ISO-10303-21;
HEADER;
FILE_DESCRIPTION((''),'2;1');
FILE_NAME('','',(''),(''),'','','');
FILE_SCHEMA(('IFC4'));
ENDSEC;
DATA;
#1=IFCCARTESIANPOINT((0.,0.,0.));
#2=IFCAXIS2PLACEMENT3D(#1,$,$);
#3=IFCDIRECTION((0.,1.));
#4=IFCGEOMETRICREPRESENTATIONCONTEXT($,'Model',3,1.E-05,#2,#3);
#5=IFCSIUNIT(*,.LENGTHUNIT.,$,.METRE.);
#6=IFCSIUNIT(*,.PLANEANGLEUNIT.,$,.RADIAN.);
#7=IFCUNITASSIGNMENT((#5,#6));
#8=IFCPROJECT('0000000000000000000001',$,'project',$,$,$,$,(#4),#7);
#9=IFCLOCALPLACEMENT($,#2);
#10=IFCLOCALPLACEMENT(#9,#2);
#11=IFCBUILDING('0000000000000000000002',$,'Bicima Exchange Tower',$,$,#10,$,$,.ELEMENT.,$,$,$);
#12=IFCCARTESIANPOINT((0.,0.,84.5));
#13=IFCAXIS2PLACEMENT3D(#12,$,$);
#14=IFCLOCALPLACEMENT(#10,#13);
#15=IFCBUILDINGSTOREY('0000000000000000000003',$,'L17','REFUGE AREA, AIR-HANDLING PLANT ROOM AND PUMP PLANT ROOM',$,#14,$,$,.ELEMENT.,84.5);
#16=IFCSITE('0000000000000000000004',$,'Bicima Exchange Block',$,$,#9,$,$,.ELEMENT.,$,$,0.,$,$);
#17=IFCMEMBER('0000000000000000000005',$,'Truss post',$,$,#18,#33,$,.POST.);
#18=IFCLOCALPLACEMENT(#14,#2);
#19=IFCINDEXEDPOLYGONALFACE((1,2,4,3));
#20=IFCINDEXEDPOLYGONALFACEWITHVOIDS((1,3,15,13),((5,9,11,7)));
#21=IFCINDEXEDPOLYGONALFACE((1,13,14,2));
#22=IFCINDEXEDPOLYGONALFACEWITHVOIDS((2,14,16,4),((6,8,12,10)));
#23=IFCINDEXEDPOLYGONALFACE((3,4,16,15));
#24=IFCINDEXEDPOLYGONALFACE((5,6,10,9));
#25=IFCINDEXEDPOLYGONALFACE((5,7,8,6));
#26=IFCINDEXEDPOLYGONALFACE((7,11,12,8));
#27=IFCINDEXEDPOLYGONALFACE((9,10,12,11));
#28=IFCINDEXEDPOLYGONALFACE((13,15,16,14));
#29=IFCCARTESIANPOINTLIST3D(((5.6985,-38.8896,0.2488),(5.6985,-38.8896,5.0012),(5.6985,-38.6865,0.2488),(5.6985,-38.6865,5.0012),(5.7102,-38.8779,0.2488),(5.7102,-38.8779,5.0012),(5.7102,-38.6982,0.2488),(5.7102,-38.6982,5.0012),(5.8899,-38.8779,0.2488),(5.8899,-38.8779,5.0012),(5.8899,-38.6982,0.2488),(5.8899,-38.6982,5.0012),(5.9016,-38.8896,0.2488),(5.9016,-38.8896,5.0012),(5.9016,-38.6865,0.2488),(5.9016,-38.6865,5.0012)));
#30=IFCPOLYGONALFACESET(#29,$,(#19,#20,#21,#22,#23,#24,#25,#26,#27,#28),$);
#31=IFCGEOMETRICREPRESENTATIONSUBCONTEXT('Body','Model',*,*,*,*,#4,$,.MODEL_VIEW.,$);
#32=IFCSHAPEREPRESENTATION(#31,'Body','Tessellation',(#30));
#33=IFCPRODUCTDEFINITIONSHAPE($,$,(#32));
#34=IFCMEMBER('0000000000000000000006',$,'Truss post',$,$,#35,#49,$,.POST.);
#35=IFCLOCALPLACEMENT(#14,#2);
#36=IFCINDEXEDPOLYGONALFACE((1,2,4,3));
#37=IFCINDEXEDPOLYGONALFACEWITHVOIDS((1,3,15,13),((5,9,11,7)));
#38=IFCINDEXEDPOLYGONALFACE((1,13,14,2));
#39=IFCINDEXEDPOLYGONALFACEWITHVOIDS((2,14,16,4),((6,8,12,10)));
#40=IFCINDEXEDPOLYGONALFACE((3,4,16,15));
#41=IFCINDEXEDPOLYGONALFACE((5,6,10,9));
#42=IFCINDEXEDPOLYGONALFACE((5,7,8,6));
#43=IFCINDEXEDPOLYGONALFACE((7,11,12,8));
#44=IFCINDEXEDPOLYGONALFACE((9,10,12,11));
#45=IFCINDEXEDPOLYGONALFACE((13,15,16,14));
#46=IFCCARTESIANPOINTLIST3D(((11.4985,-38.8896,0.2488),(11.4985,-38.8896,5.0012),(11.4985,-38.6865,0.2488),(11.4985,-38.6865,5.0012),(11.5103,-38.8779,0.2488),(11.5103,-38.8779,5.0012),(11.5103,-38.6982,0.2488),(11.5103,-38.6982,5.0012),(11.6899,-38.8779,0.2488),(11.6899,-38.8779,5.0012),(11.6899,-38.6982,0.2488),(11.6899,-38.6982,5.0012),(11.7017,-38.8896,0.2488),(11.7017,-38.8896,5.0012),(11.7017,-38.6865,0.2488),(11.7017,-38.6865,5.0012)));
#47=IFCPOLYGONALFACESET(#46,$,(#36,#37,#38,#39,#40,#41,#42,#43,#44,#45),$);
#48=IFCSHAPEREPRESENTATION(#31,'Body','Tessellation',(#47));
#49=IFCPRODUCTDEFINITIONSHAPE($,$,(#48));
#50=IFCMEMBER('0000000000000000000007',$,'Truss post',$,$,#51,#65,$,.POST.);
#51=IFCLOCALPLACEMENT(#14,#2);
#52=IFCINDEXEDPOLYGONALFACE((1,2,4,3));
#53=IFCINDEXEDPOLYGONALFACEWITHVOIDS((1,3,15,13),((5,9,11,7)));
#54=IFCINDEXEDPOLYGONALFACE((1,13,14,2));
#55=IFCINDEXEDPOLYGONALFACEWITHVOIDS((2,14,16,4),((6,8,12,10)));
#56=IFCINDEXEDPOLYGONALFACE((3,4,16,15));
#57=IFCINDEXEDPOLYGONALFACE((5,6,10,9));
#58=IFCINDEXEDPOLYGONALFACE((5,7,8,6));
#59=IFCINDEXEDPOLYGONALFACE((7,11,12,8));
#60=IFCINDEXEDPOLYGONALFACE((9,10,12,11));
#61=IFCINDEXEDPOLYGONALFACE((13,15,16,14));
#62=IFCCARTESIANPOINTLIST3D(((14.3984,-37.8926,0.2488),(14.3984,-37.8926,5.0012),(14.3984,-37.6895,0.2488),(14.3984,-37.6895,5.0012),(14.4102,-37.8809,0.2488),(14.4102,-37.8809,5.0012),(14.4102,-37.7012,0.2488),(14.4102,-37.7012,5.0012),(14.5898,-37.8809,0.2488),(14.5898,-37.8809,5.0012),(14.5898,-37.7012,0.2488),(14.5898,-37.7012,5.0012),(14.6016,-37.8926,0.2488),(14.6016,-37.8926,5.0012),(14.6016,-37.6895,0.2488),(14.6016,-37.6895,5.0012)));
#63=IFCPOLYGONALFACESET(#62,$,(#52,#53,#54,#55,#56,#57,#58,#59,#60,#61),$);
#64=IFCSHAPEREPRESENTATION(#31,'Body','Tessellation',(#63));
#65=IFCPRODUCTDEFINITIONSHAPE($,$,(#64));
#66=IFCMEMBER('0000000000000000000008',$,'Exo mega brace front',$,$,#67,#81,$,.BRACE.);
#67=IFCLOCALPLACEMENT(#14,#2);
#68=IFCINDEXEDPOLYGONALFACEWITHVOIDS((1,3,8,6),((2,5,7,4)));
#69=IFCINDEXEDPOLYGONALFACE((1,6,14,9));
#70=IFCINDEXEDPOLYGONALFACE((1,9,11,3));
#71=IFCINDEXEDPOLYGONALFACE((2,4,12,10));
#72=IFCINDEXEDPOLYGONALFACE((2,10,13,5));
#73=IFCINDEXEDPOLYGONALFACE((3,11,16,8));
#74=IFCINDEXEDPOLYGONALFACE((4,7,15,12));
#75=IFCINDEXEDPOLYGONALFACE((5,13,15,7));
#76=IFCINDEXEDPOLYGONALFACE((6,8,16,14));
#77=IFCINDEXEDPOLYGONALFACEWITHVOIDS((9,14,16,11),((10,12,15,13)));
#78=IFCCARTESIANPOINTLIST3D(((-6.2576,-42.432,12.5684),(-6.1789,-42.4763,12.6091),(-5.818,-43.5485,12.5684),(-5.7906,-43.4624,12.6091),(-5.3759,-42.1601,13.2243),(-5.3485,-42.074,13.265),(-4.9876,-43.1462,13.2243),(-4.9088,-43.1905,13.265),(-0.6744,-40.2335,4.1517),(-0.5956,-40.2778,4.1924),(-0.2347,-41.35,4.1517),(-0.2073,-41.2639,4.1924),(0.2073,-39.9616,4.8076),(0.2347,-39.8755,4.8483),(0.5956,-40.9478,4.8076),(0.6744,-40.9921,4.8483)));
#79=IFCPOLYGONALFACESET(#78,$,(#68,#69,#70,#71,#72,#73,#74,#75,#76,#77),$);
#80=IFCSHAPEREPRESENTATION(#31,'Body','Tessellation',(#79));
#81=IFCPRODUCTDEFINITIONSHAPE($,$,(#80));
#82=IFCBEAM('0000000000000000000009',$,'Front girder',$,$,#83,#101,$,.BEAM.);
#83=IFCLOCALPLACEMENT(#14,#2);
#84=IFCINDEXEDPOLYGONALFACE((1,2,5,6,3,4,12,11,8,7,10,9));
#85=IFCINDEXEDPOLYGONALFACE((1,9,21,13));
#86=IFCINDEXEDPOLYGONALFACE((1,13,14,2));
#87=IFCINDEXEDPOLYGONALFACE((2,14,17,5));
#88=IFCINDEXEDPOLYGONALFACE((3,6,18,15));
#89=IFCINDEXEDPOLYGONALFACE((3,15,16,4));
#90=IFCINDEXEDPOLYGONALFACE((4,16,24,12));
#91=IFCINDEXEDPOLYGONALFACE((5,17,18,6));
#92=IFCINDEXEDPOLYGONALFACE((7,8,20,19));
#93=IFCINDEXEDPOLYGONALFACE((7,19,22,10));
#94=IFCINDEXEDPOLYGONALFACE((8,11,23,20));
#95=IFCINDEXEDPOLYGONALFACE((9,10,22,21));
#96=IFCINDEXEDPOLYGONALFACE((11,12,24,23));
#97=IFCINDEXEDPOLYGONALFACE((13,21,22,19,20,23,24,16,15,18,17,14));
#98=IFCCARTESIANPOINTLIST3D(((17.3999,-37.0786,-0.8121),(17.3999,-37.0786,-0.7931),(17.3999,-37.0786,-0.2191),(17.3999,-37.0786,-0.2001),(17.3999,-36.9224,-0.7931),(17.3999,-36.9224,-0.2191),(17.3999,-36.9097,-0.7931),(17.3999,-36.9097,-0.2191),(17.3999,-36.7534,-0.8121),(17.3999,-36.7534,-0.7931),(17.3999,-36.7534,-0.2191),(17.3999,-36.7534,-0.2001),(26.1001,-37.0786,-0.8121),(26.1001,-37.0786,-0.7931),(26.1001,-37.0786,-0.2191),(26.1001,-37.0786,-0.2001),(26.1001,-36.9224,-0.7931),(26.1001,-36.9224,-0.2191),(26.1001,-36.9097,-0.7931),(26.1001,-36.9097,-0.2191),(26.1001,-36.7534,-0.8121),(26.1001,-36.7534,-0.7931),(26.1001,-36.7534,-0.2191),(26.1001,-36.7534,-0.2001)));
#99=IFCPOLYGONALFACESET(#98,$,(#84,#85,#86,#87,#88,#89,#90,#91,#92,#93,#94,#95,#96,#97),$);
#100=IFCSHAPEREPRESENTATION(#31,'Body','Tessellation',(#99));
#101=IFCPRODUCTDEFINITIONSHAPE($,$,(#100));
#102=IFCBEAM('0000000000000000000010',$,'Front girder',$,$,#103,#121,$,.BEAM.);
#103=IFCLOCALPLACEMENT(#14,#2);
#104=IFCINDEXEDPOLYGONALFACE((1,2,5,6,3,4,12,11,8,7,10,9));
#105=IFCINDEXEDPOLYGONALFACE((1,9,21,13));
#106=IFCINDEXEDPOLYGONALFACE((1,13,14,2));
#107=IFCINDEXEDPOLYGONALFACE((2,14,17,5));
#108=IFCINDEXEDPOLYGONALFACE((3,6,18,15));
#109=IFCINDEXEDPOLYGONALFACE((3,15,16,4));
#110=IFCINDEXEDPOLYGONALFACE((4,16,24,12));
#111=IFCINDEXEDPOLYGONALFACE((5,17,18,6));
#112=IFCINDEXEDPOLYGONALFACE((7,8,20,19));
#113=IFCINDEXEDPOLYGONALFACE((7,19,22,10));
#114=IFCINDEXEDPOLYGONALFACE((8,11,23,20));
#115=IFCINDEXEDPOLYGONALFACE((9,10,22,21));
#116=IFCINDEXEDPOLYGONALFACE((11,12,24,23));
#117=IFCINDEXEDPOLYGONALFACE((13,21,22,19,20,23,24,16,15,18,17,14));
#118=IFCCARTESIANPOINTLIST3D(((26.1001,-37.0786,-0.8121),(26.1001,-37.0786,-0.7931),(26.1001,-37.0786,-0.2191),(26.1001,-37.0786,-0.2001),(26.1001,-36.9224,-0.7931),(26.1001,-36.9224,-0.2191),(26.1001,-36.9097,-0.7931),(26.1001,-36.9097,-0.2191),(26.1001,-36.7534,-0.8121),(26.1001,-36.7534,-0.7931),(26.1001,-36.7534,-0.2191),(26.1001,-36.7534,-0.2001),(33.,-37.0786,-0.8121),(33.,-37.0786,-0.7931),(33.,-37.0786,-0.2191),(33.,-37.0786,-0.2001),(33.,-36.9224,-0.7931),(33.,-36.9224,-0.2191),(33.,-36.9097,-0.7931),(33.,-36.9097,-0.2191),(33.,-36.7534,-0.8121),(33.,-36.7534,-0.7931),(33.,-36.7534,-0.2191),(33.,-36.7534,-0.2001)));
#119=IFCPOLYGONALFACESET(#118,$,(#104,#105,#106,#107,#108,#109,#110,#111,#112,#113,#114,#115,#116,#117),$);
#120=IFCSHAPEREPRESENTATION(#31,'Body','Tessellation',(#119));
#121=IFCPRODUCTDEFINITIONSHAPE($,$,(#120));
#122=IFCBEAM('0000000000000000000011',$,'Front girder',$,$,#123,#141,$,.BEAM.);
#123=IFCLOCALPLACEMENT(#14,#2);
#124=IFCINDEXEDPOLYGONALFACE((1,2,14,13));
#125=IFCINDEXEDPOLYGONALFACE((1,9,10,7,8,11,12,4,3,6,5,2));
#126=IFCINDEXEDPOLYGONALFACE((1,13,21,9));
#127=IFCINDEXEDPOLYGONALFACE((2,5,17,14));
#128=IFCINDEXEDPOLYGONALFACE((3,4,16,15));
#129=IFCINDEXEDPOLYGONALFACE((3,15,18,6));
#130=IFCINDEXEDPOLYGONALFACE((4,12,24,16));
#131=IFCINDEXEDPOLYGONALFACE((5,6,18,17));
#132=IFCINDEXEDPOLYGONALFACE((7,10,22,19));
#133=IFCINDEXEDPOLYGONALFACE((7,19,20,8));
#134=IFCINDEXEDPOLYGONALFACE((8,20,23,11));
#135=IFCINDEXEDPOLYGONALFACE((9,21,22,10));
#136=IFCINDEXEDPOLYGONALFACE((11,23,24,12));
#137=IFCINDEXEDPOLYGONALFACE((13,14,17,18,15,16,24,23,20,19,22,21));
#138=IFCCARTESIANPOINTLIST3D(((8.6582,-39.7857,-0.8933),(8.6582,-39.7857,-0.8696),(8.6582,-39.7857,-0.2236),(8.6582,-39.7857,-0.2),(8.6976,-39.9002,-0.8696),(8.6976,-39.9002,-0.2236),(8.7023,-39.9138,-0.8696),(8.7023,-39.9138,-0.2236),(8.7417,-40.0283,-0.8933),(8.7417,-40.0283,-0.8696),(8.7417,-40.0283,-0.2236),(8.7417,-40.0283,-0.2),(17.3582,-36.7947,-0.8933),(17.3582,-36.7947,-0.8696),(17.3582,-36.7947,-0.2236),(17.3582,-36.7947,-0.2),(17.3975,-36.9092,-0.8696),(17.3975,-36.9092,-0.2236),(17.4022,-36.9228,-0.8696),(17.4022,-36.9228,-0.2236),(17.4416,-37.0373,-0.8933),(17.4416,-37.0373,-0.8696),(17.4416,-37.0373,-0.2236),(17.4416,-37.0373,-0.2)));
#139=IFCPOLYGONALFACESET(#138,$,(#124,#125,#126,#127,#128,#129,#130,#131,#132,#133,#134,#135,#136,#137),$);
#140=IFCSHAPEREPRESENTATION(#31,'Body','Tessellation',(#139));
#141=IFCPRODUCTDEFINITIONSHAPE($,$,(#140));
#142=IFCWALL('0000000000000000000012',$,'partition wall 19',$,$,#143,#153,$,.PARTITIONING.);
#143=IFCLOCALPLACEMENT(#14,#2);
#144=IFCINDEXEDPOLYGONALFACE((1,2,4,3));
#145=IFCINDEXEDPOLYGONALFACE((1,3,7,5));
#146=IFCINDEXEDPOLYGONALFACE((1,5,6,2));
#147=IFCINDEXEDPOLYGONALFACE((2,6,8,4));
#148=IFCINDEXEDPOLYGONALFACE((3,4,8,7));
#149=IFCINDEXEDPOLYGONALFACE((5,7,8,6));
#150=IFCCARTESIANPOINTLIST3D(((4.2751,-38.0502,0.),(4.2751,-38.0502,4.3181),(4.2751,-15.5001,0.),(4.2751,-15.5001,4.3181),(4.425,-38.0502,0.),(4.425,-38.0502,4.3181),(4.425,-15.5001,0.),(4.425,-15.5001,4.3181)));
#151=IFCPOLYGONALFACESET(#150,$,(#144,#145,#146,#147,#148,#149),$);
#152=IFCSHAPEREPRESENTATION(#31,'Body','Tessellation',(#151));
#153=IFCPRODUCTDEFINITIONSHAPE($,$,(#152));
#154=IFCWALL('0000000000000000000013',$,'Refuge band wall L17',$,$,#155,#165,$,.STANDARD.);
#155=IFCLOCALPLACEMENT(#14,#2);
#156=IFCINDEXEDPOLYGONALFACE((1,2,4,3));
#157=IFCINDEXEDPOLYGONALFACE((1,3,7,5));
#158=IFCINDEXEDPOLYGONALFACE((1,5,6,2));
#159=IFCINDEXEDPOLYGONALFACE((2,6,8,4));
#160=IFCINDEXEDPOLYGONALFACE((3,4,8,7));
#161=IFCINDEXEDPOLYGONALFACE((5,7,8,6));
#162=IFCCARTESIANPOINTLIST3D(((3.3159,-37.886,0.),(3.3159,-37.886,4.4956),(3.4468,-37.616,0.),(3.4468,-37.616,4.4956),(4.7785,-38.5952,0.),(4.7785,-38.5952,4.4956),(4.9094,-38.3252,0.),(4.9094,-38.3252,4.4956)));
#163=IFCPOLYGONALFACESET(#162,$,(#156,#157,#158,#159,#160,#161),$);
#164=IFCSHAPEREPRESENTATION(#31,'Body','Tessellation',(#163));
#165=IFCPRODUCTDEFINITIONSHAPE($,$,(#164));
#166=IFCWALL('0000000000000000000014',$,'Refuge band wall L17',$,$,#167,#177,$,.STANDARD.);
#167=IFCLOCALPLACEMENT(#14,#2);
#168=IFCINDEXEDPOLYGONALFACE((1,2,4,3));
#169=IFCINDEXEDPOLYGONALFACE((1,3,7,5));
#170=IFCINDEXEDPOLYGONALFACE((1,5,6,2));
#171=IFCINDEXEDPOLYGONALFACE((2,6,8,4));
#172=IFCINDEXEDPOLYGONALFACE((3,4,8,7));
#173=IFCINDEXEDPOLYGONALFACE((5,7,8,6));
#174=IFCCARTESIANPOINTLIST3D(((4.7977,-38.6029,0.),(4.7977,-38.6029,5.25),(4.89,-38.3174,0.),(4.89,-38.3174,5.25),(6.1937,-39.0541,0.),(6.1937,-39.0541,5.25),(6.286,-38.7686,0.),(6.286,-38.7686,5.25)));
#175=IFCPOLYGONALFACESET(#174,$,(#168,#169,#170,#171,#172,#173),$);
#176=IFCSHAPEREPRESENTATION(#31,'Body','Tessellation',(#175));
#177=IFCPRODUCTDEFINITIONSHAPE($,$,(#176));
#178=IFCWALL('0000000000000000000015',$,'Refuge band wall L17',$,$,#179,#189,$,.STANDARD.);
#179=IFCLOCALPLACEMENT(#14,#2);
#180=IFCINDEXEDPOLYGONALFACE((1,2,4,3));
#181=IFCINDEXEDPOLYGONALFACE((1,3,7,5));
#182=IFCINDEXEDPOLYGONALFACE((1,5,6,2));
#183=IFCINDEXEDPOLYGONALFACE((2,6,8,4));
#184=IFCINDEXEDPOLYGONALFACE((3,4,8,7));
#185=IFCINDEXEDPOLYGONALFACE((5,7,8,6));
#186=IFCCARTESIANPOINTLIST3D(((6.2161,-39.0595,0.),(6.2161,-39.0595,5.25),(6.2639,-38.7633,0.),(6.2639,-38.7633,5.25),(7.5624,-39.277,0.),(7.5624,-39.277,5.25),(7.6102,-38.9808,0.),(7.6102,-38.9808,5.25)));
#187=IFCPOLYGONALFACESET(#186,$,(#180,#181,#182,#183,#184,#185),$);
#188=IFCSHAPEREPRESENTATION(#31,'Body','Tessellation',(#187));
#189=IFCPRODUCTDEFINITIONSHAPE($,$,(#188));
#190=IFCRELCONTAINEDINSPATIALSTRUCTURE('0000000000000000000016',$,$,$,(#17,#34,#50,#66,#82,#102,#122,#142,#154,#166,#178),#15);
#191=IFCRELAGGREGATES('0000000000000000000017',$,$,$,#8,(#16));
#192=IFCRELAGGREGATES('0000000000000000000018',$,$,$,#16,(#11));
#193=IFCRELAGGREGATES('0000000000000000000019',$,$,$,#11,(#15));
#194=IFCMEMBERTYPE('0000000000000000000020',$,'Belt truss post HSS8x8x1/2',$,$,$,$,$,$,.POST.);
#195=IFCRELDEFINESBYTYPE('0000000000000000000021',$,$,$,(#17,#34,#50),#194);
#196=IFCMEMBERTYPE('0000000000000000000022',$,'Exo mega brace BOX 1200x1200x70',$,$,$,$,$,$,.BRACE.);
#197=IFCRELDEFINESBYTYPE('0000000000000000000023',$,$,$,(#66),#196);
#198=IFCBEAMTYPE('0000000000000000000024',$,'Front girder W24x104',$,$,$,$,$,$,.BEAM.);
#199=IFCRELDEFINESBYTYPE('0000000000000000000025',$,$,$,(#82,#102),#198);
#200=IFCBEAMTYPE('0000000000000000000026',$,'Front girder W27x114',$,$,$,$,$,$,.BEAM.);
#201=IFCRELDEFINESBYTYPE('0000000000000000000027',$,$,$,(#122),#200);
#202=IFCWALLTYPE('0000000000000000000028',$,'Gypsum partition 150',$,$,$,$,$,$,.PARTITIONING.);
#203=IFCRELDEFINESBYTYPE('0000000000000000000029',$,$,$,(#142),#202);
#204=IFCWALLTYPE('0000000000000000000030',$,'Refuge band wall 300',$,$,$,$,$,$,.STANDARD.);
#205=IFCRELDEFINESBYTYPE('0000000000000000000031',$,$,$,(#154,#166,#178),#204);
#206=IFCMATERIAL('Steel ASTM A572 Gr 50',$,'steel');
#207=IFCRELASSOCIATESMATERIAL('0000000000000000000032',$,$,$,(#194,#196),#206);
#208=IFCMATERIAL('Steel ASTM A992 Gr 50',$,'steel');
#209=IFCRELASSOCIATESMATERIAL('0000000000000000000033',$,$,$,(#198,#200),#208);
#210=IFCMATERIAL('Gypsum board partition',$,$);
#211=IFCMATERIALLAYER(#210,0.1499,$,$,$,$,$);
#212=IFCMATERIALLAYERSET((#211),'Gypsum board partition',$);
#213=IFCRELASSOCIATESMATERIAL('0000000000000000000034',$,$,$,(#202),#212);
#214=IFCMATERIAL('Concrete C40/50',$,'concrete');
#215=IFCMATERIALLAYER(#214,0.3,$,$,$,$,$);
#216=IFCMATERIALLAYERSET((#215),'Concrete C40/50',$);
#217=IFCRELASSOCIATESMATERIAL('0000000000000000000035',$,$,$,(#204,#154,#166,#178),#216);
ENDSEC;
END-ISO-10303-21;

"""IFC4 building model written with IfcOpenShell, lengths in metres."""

from ifc_helpers import new_model, si_unit, direction, frame, frame_2d, origin, origin_2d, place, context, subcontext, project, spatial, rectangle, hollow_rectangle, i_section, extrude, material, layer, layer_set, layer_usage, material_profile, profile_set, type_object, element, save


model = new_model("IFC4")

# Units and contexts
model_context = context("Model", 3, precision=1e-05, world=origin(), true_north=direction((0.0, 1.0)))
body_context = subcontext(model_context, "Body", "Model", "MODEL_VIEW")
ifc_project = project(units=[si_unit("LENGTHUNIT", "METRE"), si_unit("PLANEANGLEUNIT", "RADIAN")], contexts=[model_context])

# Site, building, storey
site_placement = place(None, origin())
site = spatial("IfcSite", under=ifc_project, at=site_placement, Name="Bicima Exchange Block", CompositionType="ELEMENT", RefElevation=0.0)
building_placement = place(site_placement, origin())
building = spatial("IfcBuilding", under=site, at=building_placement, Name="Bicima Exchange Tower", CompositionType="ELEMENT")
storey_placement = place(building_placement, frame((0.0, 0.0, 84.5)))
storey = spatial("IfcBuildingStorey", under=building, at=storey_placement, Name="L17", Description="REFUGE AREA, AIR-HANDLING PLANT ROOM AND PUMP PLANT ROOM", CompositionType="ELEMENT", Elevation=84.5)

# Shared definitions
ifc_material_1 = material(Name="Steel ASTM A992 Gr 50", Category="steel")

# Members
ifc_material_2 = material(Name="Steel ASTM A572 Gr 50", Category="steel")
ifc_material_profile_1 = material_profile(ifc_material_2, hollow_rectangle(XDim=0.2031, YDim=0.2031, WallThickness=0.0117, at=origin_2d()))
ifc_profile_set_1 = profile_set([ifc_material_profile_1], Name="Steel ASTM A572 Gr 50")
member_type_1 = type_object("IfcMemberType", Name="Belt truss post HSS8x8x1/2", PredefinedType="POST", material=ifc_profile_set_1)
for number, where, z_axis, x_axis, name in (
    (1, (5.8, -38.7881, 0.2488), (0.0, 0.0, 1.0), (1.0, 0.0, 0.0), "Truss post"),
    (2, (11.6001, -38.7881, 0.2488), (0.0, 0.0, 1.0), (1.0, 0.0, 0.0), "Truss post"),
    (3, (14.5, -37.791, 0.2488), (0.0, 0.0, 1.0), (1.0, 0.0, 0.0), "Truss post"),
):
    element("IfcMember", number, at=place(storey_placement, frame(where, z_axis=z_axis, x_axis=x_axis)), inside=storey, type_object=member_type_1, Name=name, PredefinedType="POST", context=body_context, shape_type="SweptSolid", body=[
        extrude(hollow_rectangle(XDim=0.2031, YDim=0.2031, WallThickness=0.0117, at=origin_2d()), origin(), (0.0, 0.0, 1.0), 4.7524),
    ])
ifc_material_profile_2 = material_profile(ifc_material_2, hollow_rectangle(XDim=1.2, YDim=1.2, WallThickness=0.0701, at=origin_2d()))
ifc_profile_set_2 = profile_set([ifc_material_profile_2], Name="Steel ASTM A572 Gr 50")
member_type_2 = type_object("IfcMemberType", Name="Exo mega brace BOX 1200x1200x70", PredefinedType="BRACE", material=ifc_profile_set_2)
member_1_placement = place(storey_placement, frame((0.0, -40.6128, 4.5), z_axis=(-0.540138, -0.212687, 0.814257), x_axis=(0.366384, -0.930464, 0.0)))
element("IfcMember", 4, at=member_1_placement, inside=storey, type_object=member_type_2, Name="Exo mega brace front", PredefinedType="BRACE", context=body_context, shape_type="SweptSolid", body=[
    extrude(hollow_rectangle(XDim=1.2, YDim=1.2, WallThickness=0.0701, at=origin_2d()), origin(), (0.0, 0.0, 1.0), 10.3367),
])

# Beams
ifc_material_profile_3 = material_profile(ifc_material_1, i_section(OverallWidth=0.3252, OverallDepth=0.6121, WebThickness=0.0127, FlangeThickness=0.019, at=origin_2d()))
ifc_profile_set_3 = profile_set([ifc_material_profile_3], Name="Steel ASTM A992 Gr 50")
beam_type_1 = type_object("IfcBeamType", Name="Front girder W24x104", PredefinedType="BEAM", material=ifc_profile_set_3)
beam_1_placement = place(storey_placement, frame((17.3999, -36.916, -0.5061), z_axis=(1.0, 0.0, 0.0), x_axis=(0.0, 1.0, 0.0)))
element("IfcBeam", 5, at=beam_1_placement, inside=storey, type_object=beam_type_1, Name="Front girder", PredefinedType="BEAM", context=body_context, shape_type="SweptSolid", body=[
    extrude(i_section(OverallWidth=0.3252, OverallDepth=0.6121, WebThickness=0.0127, FlangeThickness=0.019, at=origin_2d()), origin(), (0.0, 0.0, 1.0), 8.7002),
])
beam_2_placement = place(storey_placement, frame((26.1001, -36.916, -0.5061), z_axis=(1.0, 0.0, 0.0), x_axis=(0.0, 1.0, 0.0)))
element("IfcBeam", 6, at=beam_2_placement, inside=storey, type_object=beam_type_1, Name="Front girder", PredefinedType="BEAM", context=body_context, shape_type="SweptSolid", body=[
    extrude(i_section(OverallWidth=0.3252, OverallDepth=0.6121, WebThickness=0.0127, FlangeThickness=0.019, at=origin_2d()), origin(), (0.0, 0.0, 1.0), 6.8999),
])
ifc_material_profile_4 = material_profile(ifc_material_1, i_section(OverallWidth=0.2566, OverallDepth=0.6934, WebThickness=0.0144, FlangeThickness=0.0237, at=origin_2d()))
ifc_profile_set_4 = profile_set([ifc_material_profile_4], Name="Steel ASTM A992 Gr 50")
beam_type_2 = type_object("IfcBeamType", Name="Front girder W27x114", PredefinedType="BEAM", material=ifc_profile_set_4)
beam_3_placement = place(storey_placement, frame((8.7, -39.907, -0.5466), z_axis=(0.945675, 0.325115, 0.0), x_axis=(-0.325115, 0.945675, 0.0)))
element("IfcBeam", 7, at=beam_3_placement, inside=storey, type_object=beam_type_2, Name="Front girder", PredefinedType="BEAM", context=body_context, shape_type="SweptSolid", body=[
    extrude(i_section(OverallWidth=0.2566, OverallDepth=0.6934, WebThickness=0.0144, FlangeThickness=0.0237, at=origin_2d()), origin(), (0.0, 0.0, 1.0), 9.1997),
])

# Walls
ifc_material_3 = material(Name="Gypsum board partition")
ifc_layer_1 = layer(ifc_material_3, 0.1499)
ifc_layer_set_1 = layer_set([ifc_layer_1], Name="Gypsum board partition")
wall_type_1 = type_object("IfcWallType", Name="Gypsum partition 150", PredefinedType="PARTITIONING", material=ifc_layer_set_1)
wall_1_placement = place(storey_placement, frame((4.3501, -38.05, 0.0), z_axis=(0.0, 0.0, 1.0), x_axis=(0.0, 1.0, 0.0)))
element("IfcWall", 8, at=wall_1_placement, inside=storey, type_object=wall_type_1, Name="partition wall 19", PredefinedType="PARTITIONING", context=body_context, shape_type="SweptSolid", body=[
    extrude(rectangle(XDim=22.55, YDim=0.1499, at=frame_2d((11.2749, 0.0))), origin(), (0.0, 0.0, 1.0), 4.3181),
])
ifc_material_4 = material(Name="Concrete C40/50", Category="concrete")
ifc_layer_2 = layer(ifc_material_4, 0.3)
ifc_layer_set_2 = layer_set([ifc_layer_2], Name="Concrete C40/50")
ifc_layer_usage = layer_usage(ifc_layer_set_2, "AXIS2", "POSITIVE", -0.15)
wall_type_2 = type_object("IfcWallType", Name="Refuge band wall 300", PredefinedType="STANDARD", material=ifc_layer_set_2)
wall_2_placement = place(storey_placement, frame((3.3813, -37.751, 0.0), z_axis=(0.0, 0.0, 1.0), x_axis=(0.899798, -0.436307, 0.0)))
element("IfcWall", 9, at=wall_2_placement, inside=storey, type_object=wall_type_2, material=ifc_layer_usage, Name="Refuge band wall L17", PredefinedType="STANDARD", context=body_context, shape_type="SweptSolid", body=[
    extrude(rectangle(XDim=1.6255, YDim=0.3, at=frame_2d((0.8127, 0.0))), origin(), (0.0, 0.0, 1.0), 4.4956),
])
wall_3_placement = place(storey_placement, frame((4.844, -38.4602, 0.0), z_axis=(0.0, 0.0, 1.0), x_axis=(0.951539, -0.307528, 0.0)))
element("IfcWall", 10, at=wall_3_placement, inside=storey, type_object=wall_type_2, material=ifc_layer_usage, Name="Refuge band wall L17", PredefinedType="STANDARD", context=body_context, shape_type="SweptSolid", body=[
    extrude(rectangle(XDim=1.467, YDim=0.3, at=frame_2d((0.7334, 0.0))), origin(), (0.0, 0.0, 1.0), 5.25),
])
wall_4_placement = place(storey_placement, frame((6.24, -38.9114, 0.0), z_axis=(0.0, 0.0, 1.0), x_axis=(0.987195, -0.15952, 0.0)))
element("IfcWall", 11, at=wall_4_placement, inside=storey, type_object=wall_type_2, material=ifc_layer_usage, Name="Refuge band wall L17", PredefinedType="STANDARD", context=body_context, shape_type="SweptSolid", body=[
    extrude(rectangle(XDim=1.3638, YDim=0.3, at=frame_2d((0.6819, 0.0))), origin(), (0.0, 0.0, 1.0), 5.25),
])

save(model, "model.ifc")
